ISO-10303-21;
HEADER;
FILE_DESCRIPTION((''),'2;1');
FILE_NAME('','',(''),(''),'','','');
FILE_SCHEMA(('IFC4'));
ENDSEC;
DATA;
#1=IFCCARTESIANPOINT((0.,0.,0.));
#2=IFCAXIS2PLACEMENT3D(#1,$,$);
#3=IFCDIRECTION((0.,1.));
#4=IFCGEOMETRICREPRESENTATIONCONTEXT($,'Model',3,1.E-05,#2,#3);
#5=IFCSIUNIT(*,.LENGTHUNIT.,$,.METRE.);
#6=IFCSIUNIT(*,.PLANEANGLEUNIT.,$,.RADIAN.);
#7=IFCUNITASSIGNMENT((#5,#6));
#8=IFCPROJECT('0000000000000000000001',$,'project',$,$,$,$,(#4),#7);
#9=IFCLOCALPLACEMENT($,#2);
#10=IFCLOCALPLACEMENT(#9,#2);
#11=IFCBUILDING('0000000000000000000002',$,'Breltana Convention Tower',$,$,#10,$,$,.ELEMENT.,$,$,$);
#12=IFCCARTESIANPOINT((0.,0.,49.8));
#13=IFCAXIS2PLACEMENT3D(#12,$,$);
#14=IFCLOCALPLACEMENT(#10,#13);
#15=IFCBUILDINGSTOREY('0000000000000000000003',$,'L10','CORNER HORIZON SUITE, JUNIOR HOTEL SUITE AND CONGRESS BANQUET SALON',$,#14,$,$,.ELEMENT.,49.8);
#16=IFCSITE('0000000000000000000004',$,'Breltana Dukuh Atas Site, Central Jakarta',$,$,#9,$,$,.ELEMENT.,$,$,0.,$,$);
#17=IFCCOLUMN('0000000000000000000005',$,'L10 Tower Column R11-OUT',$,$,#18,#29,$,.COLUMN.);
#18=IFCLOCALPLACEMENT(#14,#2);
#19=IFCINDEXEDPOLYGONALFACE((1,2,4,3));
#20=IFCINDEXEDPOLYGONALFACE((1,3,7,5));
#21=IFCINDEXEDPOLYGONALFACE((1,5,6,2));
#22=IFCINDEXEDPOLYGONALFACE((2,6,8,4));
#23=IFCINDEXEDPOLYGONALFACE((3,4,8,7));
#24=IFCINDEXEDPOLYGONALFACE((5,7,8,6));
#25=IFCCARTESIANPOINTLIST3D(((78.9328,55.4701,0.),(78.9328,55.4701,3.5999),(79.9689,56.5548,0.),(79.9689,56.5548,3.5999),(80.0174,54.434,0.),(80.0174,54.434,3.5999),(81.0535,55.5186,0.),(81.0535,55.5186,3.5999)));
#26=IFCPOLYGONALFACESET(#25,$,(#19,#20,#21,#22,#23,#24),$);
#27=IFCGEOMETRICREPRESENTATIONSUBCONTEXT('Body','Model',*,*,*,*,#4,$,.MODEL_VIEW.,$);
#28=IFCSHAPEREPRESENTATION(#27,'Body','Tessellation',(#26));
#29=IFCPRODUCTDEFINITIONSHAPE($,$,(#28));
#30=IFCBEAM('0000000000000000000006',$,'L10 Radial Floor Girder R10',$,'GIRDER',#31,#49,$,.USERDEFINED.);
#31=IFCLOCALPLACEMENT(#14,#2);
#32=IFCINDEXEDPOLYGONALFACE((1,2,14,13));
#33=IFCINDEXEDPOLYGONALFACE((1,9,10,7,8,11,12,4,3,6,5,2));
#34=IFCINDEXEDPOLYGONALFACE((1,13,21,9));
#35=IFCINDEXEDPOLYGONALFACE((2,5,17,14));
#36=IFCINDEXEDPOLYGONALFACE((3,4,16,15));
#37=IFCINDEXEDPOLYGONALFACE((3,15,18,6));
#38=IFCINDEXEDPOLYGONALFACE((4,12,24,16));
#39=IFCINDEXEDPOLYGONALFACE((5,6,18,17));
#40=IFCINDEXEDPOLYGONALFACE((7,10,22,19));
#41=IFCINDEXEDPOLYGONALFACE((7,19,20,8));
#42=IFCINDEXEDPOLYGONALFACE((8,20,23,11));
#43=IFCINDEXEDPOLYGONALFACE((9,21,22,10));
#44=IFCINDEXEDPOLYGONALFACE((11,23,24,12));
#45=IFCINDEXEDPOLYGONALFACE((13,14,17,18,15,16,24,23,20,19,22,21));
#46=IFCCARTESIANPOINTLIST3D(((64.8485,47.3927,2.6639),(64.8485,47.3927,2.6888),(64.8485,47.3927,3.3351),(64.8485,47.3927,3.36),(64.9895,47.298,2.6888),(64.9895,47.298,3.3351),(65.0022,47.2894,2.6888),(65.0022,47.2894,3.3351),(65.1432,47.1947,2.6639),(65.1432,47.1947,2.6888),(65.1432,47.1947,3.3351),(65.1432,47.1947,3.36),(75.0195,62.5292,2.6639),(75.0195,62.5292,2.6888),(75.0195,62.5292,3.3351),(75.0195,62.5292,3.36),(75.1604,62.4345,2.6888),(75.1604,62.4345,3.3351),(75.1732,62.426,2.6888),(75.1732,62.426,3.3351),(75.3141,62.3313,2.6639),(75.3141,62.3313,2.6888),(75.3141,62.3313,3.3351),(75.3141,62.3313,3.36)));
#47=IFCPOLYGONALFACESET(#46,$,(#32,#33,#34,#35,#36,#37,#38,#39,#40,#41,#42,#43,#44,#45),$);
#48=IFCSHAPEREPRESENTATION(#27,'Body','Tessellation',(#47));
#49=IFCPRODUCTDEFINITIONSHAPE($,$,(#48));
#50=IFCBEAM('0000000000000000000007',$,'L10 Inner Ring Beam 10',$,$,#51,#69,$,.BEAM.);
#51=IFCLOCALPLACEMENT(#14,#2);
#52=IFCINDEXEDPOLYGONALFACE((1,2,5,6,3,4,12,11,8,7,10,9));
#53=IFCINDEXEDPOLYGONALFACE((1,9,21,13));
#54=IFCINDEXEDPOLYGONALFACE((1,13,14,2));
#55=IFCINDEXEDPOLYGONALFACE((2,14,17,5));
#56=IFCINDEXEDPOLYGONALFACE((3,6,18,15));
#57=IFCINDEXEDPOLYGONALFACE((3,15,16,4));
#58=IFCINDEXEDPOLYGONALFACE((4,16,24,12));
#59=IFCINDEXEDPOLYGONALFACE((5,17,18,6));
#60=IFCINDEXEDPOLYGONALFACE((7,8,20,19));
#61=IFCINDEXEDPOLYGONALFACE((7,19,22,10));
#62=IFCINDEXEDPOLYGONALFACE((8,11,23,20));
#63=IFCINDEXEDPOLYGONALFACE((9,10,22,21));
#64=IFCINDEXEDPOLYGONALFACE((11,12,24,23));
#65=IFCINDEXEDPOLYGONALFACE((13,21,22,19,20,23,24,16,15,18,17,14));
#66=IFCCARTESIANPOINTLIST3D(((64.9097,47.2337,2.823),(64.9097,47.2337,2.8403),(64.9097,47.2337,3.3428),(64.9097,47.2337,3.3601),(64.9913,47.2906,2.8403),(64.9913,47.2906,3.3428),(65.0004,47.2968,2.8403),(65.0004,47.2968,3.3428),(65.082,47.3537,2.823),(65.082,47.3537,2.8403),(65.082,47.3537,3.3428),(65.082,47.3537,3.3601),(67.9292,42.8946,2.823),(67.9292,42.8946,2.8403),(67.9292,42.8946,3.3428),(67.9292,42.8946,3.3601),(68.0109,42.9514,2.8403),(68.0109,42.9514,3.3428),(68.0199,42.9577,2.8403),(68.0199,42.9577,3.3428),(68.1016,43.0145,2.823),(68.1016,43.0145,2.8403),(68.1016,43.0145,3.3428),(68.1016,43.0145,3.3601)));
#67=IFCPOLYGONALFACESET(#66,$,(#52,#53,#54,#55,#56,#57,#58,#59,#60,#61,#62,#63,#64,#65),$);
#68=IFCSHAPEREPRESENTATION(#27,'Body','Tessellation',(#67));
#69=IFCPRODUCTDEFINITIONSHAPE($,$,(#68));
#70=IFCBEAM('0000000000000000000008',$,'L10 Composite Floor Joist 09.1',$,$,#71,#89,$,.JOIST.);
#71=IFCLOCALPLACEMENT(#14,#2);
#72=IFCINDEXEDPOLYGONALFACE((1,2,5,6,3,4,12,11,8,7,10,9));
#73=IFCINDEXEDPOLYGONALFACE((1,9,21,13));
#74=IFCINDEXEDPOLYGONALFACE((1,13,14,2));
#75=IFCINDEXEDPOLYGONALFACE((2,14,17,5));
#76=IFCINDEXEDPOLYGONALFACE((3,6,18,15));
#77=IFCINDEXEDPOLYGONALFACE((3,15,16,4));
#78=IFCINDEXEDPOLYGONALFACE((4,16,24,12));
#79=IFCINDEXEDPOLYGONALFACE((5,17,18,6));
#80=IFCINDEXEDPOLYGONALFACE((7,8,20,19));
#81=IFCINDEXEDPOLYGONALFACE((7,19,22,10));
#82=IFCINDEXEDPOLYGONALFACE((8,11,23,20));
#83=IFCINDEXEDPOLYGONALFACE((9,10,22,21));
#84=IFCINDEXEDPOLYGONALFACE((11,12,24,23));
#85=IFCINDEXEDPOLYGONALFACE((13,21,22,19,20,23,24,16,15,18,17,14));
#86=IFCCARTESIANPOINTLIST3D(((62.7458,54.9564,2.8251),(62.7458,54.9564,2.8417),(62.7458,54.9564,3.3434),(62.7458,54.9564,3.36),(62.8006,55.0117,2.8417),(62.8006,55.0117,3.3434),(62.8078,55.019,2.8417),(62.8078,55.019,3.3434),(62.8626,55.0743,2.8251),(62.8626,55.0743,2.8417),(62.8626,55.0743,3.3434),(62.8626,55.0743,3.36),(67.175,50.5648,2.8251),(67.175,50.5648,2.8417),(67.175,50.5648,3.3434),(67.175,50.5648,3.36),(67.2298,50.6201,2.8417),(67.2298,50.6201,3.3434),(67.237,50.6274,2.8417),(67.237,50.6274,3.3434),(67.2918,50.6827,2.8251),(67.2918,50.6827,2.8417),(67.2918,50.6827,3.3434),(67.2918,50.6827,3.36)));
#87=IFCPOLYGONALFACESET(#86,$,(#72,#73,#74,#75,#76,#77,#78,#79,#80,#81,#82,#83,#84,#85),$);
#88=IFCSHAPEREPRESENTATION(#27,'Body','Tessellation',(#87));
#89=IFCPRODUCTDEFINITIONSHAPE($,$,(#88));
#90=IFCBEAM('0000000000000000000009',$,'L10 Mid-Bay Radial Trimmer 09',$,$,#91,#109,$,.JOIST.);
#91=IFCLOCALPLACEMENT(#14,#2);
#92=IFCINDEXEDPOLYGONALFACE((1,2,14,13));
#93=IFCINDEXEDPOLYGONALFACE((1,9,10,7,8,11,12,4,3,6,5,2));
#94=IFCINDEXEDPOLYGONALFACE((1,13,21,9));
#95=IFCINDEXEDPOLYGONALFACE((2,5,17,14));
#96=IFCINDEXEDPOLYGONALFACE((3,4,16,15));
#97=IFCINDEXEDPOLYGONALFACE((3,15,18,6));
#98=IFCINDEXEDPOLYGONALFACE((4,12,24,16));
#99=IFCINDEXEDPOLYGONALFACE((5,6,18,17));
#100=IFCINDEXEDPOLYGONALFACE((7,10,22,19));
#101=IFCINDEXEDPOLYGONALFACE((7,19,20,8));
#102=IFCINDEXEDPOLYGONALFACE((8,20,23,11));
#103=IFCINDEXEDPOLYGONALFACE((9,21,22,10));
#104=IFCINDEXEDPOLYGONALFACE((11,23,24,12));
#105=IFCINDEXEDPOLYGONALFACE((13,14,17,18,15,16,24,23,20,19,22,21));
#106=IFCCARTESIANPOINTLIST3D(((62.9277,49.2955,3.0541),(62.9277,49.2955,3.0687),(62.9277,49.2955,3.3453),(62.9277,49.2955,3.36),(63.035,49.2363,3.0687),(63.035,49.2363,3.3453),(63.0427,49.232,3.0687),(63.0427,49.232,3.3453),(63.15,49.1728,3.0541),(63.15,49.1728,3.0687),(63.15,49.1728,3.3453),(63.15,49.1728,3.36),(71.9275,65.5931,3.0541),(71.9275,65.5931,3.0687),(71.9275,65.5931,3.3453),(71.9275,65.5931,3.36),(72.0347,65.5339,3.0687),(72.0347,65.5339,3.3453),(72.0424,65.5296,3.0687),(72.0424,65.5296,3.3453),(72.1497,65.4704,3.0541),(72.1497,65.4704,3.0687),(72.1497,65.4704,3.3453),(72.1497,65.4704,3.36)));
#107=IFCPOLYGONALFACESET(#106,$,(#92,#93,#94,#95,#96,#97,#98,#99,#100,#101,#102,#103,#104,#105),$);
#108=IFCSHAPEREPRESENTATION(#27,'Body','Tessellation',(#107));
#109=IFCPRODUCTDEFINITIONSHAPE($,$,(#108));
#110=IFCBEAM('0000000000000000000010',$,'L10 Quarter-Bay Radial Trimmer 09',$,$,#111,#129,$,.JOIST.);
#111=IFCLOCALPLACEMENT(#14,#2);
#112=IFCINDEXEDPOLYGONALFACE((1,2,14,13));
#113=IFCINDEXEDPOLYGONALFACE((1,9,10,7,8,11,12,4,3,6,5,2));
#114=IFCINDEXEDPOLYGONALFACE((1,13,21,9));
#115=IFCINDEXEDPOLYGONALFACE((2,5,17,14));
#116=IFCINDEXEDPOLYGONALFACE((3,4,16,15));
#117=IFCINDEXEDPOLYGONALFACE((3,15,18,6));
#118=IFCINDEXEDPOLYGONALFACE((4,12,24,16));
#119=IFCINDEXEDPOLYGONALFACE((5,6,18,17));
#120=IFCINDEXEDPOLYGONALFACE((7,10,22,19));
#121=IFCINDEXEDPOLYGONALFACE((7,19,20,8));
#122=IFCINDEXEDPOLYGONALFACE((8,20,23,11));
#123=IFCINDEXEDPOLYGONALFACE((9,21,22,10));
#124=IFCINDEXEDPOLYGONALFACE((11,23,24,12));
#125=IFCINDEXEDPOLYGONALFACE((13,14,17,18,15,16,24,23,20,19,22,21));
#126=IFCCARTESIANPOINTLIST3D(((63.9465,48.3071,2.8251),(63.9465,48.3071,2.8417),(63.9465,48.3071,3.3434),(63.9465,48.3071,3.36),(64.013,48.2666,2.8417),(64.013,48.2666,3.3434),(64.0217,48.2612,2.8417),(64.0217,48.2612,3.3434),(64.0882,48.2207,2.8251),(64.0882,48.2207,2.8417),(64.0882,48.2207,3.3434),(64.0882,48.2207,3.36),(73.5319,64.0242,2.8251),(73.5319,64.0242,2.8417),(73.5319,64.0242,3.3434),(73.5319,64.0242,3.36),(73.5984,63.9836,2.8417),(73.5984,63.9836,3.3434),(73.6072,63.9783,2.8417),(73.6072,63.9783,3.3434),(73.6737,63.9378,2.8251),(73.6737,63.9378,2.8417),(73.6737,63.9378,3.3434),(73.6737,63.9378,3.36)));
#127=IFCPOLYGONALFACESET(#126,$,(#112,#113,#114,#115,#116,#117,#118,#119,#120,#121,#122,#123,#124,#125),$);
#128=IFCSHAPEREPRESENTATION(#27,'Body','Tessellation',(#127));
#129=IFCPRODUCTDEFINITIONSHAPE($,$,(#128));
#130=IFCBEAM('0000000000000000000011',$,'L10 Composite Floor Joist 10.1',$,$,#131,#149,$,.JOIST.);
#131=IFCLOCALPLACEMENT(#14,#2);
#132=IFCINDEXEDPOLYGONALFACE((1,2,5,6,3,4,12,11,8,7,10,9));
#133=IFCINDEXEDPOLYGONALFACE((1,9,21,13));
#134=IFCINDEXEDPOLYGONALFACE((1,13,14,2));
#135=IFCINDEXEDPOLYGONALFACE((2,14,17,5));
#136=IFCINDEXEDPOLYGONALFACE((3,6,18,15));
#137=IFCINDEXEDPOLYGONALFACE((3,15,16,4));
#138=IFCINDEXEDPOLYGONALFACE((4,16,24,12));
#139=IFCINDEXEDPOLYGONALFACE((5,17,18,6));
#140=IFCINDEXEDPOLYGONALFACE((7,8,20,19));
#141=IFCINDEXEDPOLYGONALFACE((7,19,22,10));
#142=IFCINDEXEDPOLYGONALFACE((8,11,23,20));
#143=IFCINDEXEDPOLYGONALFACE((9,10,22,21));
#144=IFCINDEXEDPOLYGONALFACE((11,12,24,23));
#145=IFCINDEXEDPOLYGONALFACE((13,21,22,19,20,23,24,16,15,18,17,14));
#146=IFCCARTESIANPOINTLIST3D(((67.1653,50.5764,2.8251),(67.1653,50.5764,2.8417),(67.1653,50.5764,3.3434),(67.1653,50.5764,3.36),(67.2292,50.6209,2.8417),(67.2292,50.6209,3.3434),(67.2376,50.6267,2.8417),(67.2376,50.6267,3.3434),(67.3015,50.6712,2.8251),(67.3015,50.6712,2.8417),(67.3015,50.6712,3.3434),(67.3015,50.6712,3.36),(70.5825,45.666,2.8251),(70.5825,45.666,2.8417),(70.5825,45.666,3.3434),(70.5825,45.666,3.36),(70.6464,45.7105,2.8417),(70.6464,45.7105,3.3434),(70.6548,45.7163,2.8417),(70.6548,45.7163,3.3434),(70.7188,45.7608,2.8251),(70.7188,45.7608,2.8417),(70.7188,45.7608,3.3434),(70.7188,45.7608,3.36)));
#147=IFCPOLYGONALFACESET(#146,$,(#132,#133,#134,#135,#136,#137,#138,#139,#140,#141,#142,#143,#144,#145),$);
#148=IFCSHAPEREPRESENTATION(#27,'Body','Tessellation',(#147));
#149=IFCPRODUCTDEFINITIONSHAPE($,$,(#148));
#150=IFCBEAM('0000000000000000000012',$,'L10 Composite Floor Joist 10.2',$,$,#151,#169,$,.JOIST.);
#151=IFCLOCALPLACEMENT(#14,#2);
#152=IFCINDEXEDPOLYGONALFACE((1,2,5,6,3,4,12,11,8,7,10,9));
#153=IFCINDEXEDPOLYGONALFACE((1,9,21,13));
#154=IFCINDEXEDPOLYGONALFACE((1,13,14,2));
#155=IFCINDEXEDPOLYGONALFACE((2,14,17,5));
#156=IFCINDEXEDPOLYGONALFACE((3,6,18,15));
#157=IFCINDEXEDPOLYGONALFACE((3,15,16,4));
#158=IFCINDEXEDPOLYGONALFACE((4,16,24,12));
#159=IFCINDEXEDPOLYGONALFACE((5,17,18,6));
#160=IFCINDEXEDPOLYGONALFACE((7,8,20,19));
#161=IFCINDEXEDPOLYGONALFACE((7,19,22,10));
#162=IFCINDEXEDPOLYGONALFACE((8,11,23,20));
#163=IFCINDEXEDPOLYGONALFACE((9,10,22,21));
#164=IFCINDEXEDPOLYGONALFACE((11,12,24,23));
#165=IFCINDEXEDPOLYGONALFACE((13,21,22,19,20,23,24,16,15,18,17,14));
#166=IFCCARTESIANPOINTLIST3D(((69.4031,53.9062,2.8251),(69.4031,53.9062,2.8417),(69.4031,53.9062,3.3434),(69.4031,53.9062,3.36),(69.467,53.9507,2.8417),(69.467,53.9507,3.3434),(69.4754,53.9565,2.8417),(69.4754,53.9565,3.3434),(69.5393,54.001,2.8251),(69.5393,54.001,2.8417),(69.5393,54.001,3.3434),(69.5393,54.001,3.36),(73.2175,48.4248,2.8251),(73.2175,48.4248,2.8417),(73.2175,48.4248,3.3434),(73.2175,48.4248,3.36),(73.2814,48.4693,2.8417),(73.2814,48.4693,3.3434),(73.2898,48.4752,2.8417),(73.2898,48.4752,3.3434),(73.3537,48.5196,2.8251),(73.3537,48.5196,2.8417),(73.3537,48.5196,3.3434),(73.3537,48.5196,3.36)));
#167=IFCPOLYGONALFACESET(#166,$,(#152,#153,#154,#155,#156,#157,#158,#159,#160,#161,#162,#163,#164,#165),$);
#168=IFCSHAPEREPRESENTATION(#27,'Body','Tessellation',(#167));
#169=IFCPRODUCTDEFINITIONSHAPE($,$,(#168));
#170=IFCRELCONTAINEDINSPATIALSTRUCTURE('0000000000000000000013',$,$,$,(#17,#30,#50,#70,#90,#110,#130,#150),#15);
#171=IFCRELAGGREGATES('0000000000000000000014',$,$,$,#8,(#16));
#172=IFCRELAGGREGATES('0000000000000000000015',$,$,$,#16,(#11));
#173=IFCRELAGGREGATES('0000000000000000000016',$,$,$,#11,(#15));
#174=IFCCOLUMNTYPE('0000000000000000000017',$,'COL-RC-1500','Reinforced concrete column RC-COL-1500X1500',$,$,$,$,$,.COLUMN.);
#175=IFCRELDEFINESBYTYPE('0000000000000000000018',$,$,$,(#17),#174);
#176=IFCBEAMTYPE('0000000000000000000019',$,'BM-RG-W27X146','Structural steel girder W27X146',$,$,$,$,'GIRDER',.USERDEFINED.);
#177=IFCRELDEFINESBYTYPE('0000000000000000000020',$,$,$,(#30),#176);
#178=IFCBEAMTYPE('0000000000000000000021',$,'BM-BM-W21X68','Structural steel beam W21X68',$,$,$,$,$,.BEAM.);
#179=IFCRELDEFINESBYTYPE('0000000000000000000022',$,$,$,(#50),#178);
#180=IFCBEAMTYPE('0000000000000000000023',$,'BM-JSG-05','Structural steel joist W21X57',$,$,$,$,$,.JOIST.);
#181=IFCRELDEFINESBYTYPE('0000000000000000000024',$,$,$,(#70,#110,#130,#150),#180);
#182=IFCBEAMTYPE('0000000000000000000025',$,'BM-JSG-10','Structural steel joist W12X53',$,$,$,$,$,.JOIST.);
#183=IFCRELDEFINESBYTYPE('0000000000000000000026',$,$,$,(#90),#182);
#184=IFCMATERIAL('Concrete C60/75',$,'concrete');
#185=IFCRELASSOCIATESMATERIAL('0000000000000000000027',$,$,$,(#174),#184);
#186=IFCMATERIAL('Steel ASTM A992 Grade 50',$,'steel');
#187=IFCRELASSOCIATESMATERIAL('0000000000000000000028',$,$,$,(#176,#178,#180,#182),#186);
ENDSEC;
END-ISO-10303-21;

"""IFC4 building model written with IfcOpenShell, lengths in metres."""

from ifc_helpers import new_model, si_unit, direction, frame, origin, origin_2d, place, context, subcontext, project, spatial, rectangle, i_section, extrude, source, transform, mapped, material, material_profile, profile_set, type_object, element, save


model = new_model("IFC4")

# Units and contexts
model_context = context("Model", 3, precision=1e-05, world=origin(), true_north=direction((0.0, 1.0)))
body_context = subcontext(model_context, "Body", "Model", "MODEL_VIEW")
ifc_project = project(units=[si_unit("LENGTHUNIT", "METRE"), si_unit("PLANEANGLEUNIT", "RADIAN")], contexts=[model_context])

# Site, building, storey
site_placement = place(None, origin())
site = spatial("IfcSite", under=ifc_project, at=site_placement, Name="Breltana Dukuh Atas Site, Central Jakarta", CompositionType="ELEMENT", RefElevation=0.0)
building_placement = place(site_placement, origin())
building = spatial("IfcBuilding", under=site, at=building_placement, Name="Breltana Convention Tower", CompositionType="ELEMENT")
storey_placement = place(building_placement, frame((0.0, 0.0, 49.8)))
storey = spatial("IfcBuildingStorey", under=building, at=storey_placement, Name="L10", Description="CORNER HORIZON SUITE, JUNIOR HOTEL SUITE AND CONGRESS BANQUET SALON", CompositionType="ELEMENT", Elevation=49.8)

# Column
ifc_material_1 = material(Name="Concrete C60/75", Category="concrete")
ifc_material_profile_1 = material_profile(ifc_material_1, rectangle(XDim=1.5, YDim=1.5, at=origin_2d()), Name="RC-COL-1500X1500")
ifc_profile_set_1 = profile_set([ifc_material_profile_1], Name="Concrete C60/75")
column_type_1 = type_object("IfcColumnType", Name="COL-RC-1500", Description="Reinforced concrete column RC-COL-1500X1500", PredefinedType="COLUMN", material=ifc_profile_set_1)
shared_shape_1 = source(origin(), body_context, "Body", "SweptSolid", [
    extrude(rectangle(XDim=1.5, YDim=1.5, at=origin_2d()), origin(), (0.0, 0.0, 1.0), 3.5999),
])
column_1_placement = place(storey_placement, frame((79.9932, 55.4944, 0.0), z_axis=(0.0, 0.0, 1.0), x_axis=(0.690756, 0.723088, 0.0)))
element("IfcColumn", 1, at=column_1_placement, inside=storey, type_object=column_type_1, Name="L10 Tower Column R11-OUT", PredefinedType="COLUMN", context=body_context, shape_type="MappedRepresentation", body=[
    mapped(shared_shape_1, transform((0.0, 0.0, 0.0), scale=1.0)),
])

# Beams
ifc_material_2 = material(Name="Steel ASTM A992 Grade 50", Category="steel")
ifc_material_profile_2 = material_profile(ifc_material_2, i_section(OverallWidth=0.355, OverallDepth=0.696, WebThickness=0.0154, FlangeThickness=0.0249, at=origin_2d()), Name="W27X146")
ifc_profile_set_2 = profile_set([ifc_material_profile_2], Name="Steel ASTM A992 Grade 50")
beam_type_1 = type_object("IfcBeamType", Name="BM-RG-W27X146", Description="Structural steel girder W27X146", ElementType="GIRDER", PredefinedType="USERDEFINED", material=ifc_profile_set_2)
shared_shape_2 = source(origin(), body_context, "Body", "SweptSolid", [
    extrude(i_section(OverallWidth=0.355, OverallDepth=0.696, WebThickness=0.0154, FlangeThickness=0.0249, at=origin_2d()), origin(), (0.0, 0.0, 1.0), 18.2363),
])
beam_1_placement = place(storey_placement, frame((64.9958, 47.2937, 3.012), z_axis=(0.55773, 0.830022, 0.0), x_axis=(-0.830022, 0.55773, 0.0)))
element("IfcBeam", 2, at=beam_1_placement, inside=storey, type_object=beam_type_1, Name="L10 Radial Floor Girder R10", ObjectType="GIRDER", PredefinedType="USERDEFINED", context=body_context, shape_type="MappedRepresentation", body=[
    mapped(shared_shape_2, transform((0.0, 0.0, 0.0), scale=1.0)),
])
ifc_material_profile_3 = material_profile(ifc_material_2, i_section(OverallWidth=0.21, OverallDepth=0.5371, WebThickness=0.011, FlangeThickness=0.0173, at=origin_2d()), Name="W21X68")
ifc_profile_set_3 = profile_set([ifc_material_profile_3], Name="Steel ASTM A992 Grade 50")
beam_type_2 = type_object("IfcBeamType", Name="BM-BM-W21X68", Description="Structural steel beam W21X68", PredefinedType="BEAM", material=ifc_profile_set_3)
shared_shape_3 = source(origin(), body_context, "Body", "SweptSolid", [
    extrude(i_section(OverallWidth=0.21, OverallDepth=0.5371, WebThickness=0.011, FlangeThickness=0.0173, at=origin_2d()), origin(), (0.0, 0.0, 1.0), 5.2864),
])
beam_2_placement = place(storey_placement, frame((64.9958, 47.2937, 3.0916), z_axis=(0.571194, -0.820815, 0.0), x_axis=(0.820815, 0.571194, 0.0)))
element("IfcBeam", 3, at=beam_2_placement, inside=storey, type_object=beam_type_2, Name="L10 Inner Ring Beam 10", PredefinedType="BEAM", context=body_context, shape_type="MappedRepresentation", body=[
    mapped(shared_shape_3, transform((0.0, 0.0, 0.0), scale=1.0)),
])
ifc_material_profile_4 = material_profile(ifc_material_2, i_section(OverallWidth=0.166, OverallDepth=0.5349, WebThickness=0.0103, FlangeThickness=0.0166, at=origin_2d()), Name="W21X57")
ifc_profile_set_4 = profile_set([ifc_material_profile_4], Name="Steel ASTM A992 Grade 50")
beam_type_3 = type_object("IfcBeamType", Name="BM-JSG-05", Description="Structural steel joist W21X57", PredefinedType="JOIST", material=ifc_profile_set_4)
shared_shape_4 = source(origin(), body_context, "Body", "SweptSolid", [
    extrude(i_section(OverallWidth=0.166, OverallDepth=0.5349, WebThickness=0.0103, FlangeThickness=0.0166, at=origin_2d()), origin(), (0.0, 0.0, 1.0), 6.2373),
])
beam_3_placement = place(storey_placement, frame((62.8042, 55.0154, 3.0925), z_axis=(0.710114, -0.704086, 0.0), x_axis=(0.704086, 0.710114, 0.0)))
element("IfcBeam", 4, at=beam_3_placement, inside=storey, type_object=beam_type_3, Name="L10 Composite Floor Joist 09.1", PredefinedType="JOIST", context=body_context, shape_type="MappedRepresentation", body=[
    mapped(shared_shape_4, transform((0.0, 0.0, 0.0), scale=1.0)),
])
ifc_material_profile_5 = material_profile(ifc_material_2, i_section(OverallWidth=0.2539, OverallDepth=0.3059, WebThickness=0.0088, FlangeThickness=0.0146, at=origin_2d()), Name="W12X53")
ifc_profile_set_5 = profile_set([ifc_material_profile_5], Name="Steel ASTM A992 Grade 50")
beam_type_4 = type_object("IfcBeamType", Name="BM-JSG-10", Description="Structural steel joist W12X53", PredefinedType="JOIST", material=ifc_profile_set_5)
shared_shape_5 = source(origin(), body_context, "Body", "SweptSolid", [
    extrude(i_section(OverallWidth=0.2539, OverallDepth=0.3059, WebThickness=0.0088, FlangeThickness=0.0146, at=origin_2d()), origin(), (0.0, 0.0, 1.0), 18.6174),
])
beam_4_placement = place(storey_placement, frame((63.0388, 49.2341, 3.207), z_axis=(0.483406, 0.875396, 0.0), x_axis=(-0.875396, 0.483406, 0.0)))
element("IfcBeam", 5, at=beam_4_placement, inside=storey, type_object=beam_type_4, Name="L10 Mid-Bay Radial Trimmer 09", PredefinedType="JOIST", context=body_context, shape_type="MappedRepresentation", body=[
    mapped(shared_shape_5, transform((0.0, 0.0, 0.0), scale=1.0)),
])
shared_shape_6 = source(origin(), body_context, "Body", "SweptSolid", [
    extrude(i_section(OverallWidth=0.166, OverallDepth=0.5349, WebThickness=0.0103, FlangeThickness=0.0166, at=origin_2d()), origin(), (0.0, 0.0, 1.0), 18.4094),
])
beam_5_placement = place(storey_placement, frame((64.0173, 48.2639, 3.0925), z_axis=(0.520682, 0.853751, 0.0), x_axis=(-0.853751, 0.520682, 0.0)))
element("IfcBeam", 6, at=beam_5_placement, inside=storey, type_object=beam_type_3, Name="L10 Quarter-Bay Radial Trimmer 09", PredefinedType="JOIST", context=body_context, shape_type="MappedRepresentation", body=[
    mapped(shared_shape_6, transform((0.0, 0.0, 0.0), scale=1.0)),
])
shared_shape_7 = source(origin(), body_context, "Body", "SweptSolid", [
    extrude(i_section(OverallWidth=0.166, OverallDepth=0.5349, WebThickness=0.0103, FlangeThickness=0.0166, at=origin_2d()), origin(), (0.0, 0.0, 1.0), 5.9824),
])
beam_6_placement = place(storey_placement, frame((67.2334, 50.6238, 3.0925), z_axis=(0.571212, -0.820803, 0.0), x_axis=(0.820803, 0.571212, 0.0)))
element("IfcBeam", 7, at=beam_6_placement, inside=storey, type_object=beam_type_3, Name="L10 Composite Floor Joist 10.1", PredefinedType="JOIST", context=body_context, shape_type="MappedRepresentation", body=[
    mapped(shared_shape_7, transform((0.0, 0.0, 0.0), scale=1.0)),
])
shared_shape_8 = source(origin(), body_context, "Body", "SweptSolid", [
    extrude(i_section(OverallWidth=0.166, OverallDepth=0.5349, WebThickness=0.0103, FlangeThickness=0.0166, at=origin_2d()), origin(), (0.0, 0.0, 1.0), 6.678),
])
beam_7_placement = place(storey_placement, frame((69.4712, 53.9536, 3.0925), z_axis=(0.571193, -0.820816, 0.0), x_axis=(0.820816, 0.571193, 0.0)))
element("IfcBeam", 8, at=beam_7_placement, inside=storey, type_object=beam_type_3, Name="L10 Composite Floor Joist 10.2", PredefinedType="JOIST", context=body_context, shape_type="MappedRepresentation", body=[
    mapped(shared_shape_8, transform((0.0, 0.0, 0.0), scale=1.0)),
])

save(model, "model.ifc")
